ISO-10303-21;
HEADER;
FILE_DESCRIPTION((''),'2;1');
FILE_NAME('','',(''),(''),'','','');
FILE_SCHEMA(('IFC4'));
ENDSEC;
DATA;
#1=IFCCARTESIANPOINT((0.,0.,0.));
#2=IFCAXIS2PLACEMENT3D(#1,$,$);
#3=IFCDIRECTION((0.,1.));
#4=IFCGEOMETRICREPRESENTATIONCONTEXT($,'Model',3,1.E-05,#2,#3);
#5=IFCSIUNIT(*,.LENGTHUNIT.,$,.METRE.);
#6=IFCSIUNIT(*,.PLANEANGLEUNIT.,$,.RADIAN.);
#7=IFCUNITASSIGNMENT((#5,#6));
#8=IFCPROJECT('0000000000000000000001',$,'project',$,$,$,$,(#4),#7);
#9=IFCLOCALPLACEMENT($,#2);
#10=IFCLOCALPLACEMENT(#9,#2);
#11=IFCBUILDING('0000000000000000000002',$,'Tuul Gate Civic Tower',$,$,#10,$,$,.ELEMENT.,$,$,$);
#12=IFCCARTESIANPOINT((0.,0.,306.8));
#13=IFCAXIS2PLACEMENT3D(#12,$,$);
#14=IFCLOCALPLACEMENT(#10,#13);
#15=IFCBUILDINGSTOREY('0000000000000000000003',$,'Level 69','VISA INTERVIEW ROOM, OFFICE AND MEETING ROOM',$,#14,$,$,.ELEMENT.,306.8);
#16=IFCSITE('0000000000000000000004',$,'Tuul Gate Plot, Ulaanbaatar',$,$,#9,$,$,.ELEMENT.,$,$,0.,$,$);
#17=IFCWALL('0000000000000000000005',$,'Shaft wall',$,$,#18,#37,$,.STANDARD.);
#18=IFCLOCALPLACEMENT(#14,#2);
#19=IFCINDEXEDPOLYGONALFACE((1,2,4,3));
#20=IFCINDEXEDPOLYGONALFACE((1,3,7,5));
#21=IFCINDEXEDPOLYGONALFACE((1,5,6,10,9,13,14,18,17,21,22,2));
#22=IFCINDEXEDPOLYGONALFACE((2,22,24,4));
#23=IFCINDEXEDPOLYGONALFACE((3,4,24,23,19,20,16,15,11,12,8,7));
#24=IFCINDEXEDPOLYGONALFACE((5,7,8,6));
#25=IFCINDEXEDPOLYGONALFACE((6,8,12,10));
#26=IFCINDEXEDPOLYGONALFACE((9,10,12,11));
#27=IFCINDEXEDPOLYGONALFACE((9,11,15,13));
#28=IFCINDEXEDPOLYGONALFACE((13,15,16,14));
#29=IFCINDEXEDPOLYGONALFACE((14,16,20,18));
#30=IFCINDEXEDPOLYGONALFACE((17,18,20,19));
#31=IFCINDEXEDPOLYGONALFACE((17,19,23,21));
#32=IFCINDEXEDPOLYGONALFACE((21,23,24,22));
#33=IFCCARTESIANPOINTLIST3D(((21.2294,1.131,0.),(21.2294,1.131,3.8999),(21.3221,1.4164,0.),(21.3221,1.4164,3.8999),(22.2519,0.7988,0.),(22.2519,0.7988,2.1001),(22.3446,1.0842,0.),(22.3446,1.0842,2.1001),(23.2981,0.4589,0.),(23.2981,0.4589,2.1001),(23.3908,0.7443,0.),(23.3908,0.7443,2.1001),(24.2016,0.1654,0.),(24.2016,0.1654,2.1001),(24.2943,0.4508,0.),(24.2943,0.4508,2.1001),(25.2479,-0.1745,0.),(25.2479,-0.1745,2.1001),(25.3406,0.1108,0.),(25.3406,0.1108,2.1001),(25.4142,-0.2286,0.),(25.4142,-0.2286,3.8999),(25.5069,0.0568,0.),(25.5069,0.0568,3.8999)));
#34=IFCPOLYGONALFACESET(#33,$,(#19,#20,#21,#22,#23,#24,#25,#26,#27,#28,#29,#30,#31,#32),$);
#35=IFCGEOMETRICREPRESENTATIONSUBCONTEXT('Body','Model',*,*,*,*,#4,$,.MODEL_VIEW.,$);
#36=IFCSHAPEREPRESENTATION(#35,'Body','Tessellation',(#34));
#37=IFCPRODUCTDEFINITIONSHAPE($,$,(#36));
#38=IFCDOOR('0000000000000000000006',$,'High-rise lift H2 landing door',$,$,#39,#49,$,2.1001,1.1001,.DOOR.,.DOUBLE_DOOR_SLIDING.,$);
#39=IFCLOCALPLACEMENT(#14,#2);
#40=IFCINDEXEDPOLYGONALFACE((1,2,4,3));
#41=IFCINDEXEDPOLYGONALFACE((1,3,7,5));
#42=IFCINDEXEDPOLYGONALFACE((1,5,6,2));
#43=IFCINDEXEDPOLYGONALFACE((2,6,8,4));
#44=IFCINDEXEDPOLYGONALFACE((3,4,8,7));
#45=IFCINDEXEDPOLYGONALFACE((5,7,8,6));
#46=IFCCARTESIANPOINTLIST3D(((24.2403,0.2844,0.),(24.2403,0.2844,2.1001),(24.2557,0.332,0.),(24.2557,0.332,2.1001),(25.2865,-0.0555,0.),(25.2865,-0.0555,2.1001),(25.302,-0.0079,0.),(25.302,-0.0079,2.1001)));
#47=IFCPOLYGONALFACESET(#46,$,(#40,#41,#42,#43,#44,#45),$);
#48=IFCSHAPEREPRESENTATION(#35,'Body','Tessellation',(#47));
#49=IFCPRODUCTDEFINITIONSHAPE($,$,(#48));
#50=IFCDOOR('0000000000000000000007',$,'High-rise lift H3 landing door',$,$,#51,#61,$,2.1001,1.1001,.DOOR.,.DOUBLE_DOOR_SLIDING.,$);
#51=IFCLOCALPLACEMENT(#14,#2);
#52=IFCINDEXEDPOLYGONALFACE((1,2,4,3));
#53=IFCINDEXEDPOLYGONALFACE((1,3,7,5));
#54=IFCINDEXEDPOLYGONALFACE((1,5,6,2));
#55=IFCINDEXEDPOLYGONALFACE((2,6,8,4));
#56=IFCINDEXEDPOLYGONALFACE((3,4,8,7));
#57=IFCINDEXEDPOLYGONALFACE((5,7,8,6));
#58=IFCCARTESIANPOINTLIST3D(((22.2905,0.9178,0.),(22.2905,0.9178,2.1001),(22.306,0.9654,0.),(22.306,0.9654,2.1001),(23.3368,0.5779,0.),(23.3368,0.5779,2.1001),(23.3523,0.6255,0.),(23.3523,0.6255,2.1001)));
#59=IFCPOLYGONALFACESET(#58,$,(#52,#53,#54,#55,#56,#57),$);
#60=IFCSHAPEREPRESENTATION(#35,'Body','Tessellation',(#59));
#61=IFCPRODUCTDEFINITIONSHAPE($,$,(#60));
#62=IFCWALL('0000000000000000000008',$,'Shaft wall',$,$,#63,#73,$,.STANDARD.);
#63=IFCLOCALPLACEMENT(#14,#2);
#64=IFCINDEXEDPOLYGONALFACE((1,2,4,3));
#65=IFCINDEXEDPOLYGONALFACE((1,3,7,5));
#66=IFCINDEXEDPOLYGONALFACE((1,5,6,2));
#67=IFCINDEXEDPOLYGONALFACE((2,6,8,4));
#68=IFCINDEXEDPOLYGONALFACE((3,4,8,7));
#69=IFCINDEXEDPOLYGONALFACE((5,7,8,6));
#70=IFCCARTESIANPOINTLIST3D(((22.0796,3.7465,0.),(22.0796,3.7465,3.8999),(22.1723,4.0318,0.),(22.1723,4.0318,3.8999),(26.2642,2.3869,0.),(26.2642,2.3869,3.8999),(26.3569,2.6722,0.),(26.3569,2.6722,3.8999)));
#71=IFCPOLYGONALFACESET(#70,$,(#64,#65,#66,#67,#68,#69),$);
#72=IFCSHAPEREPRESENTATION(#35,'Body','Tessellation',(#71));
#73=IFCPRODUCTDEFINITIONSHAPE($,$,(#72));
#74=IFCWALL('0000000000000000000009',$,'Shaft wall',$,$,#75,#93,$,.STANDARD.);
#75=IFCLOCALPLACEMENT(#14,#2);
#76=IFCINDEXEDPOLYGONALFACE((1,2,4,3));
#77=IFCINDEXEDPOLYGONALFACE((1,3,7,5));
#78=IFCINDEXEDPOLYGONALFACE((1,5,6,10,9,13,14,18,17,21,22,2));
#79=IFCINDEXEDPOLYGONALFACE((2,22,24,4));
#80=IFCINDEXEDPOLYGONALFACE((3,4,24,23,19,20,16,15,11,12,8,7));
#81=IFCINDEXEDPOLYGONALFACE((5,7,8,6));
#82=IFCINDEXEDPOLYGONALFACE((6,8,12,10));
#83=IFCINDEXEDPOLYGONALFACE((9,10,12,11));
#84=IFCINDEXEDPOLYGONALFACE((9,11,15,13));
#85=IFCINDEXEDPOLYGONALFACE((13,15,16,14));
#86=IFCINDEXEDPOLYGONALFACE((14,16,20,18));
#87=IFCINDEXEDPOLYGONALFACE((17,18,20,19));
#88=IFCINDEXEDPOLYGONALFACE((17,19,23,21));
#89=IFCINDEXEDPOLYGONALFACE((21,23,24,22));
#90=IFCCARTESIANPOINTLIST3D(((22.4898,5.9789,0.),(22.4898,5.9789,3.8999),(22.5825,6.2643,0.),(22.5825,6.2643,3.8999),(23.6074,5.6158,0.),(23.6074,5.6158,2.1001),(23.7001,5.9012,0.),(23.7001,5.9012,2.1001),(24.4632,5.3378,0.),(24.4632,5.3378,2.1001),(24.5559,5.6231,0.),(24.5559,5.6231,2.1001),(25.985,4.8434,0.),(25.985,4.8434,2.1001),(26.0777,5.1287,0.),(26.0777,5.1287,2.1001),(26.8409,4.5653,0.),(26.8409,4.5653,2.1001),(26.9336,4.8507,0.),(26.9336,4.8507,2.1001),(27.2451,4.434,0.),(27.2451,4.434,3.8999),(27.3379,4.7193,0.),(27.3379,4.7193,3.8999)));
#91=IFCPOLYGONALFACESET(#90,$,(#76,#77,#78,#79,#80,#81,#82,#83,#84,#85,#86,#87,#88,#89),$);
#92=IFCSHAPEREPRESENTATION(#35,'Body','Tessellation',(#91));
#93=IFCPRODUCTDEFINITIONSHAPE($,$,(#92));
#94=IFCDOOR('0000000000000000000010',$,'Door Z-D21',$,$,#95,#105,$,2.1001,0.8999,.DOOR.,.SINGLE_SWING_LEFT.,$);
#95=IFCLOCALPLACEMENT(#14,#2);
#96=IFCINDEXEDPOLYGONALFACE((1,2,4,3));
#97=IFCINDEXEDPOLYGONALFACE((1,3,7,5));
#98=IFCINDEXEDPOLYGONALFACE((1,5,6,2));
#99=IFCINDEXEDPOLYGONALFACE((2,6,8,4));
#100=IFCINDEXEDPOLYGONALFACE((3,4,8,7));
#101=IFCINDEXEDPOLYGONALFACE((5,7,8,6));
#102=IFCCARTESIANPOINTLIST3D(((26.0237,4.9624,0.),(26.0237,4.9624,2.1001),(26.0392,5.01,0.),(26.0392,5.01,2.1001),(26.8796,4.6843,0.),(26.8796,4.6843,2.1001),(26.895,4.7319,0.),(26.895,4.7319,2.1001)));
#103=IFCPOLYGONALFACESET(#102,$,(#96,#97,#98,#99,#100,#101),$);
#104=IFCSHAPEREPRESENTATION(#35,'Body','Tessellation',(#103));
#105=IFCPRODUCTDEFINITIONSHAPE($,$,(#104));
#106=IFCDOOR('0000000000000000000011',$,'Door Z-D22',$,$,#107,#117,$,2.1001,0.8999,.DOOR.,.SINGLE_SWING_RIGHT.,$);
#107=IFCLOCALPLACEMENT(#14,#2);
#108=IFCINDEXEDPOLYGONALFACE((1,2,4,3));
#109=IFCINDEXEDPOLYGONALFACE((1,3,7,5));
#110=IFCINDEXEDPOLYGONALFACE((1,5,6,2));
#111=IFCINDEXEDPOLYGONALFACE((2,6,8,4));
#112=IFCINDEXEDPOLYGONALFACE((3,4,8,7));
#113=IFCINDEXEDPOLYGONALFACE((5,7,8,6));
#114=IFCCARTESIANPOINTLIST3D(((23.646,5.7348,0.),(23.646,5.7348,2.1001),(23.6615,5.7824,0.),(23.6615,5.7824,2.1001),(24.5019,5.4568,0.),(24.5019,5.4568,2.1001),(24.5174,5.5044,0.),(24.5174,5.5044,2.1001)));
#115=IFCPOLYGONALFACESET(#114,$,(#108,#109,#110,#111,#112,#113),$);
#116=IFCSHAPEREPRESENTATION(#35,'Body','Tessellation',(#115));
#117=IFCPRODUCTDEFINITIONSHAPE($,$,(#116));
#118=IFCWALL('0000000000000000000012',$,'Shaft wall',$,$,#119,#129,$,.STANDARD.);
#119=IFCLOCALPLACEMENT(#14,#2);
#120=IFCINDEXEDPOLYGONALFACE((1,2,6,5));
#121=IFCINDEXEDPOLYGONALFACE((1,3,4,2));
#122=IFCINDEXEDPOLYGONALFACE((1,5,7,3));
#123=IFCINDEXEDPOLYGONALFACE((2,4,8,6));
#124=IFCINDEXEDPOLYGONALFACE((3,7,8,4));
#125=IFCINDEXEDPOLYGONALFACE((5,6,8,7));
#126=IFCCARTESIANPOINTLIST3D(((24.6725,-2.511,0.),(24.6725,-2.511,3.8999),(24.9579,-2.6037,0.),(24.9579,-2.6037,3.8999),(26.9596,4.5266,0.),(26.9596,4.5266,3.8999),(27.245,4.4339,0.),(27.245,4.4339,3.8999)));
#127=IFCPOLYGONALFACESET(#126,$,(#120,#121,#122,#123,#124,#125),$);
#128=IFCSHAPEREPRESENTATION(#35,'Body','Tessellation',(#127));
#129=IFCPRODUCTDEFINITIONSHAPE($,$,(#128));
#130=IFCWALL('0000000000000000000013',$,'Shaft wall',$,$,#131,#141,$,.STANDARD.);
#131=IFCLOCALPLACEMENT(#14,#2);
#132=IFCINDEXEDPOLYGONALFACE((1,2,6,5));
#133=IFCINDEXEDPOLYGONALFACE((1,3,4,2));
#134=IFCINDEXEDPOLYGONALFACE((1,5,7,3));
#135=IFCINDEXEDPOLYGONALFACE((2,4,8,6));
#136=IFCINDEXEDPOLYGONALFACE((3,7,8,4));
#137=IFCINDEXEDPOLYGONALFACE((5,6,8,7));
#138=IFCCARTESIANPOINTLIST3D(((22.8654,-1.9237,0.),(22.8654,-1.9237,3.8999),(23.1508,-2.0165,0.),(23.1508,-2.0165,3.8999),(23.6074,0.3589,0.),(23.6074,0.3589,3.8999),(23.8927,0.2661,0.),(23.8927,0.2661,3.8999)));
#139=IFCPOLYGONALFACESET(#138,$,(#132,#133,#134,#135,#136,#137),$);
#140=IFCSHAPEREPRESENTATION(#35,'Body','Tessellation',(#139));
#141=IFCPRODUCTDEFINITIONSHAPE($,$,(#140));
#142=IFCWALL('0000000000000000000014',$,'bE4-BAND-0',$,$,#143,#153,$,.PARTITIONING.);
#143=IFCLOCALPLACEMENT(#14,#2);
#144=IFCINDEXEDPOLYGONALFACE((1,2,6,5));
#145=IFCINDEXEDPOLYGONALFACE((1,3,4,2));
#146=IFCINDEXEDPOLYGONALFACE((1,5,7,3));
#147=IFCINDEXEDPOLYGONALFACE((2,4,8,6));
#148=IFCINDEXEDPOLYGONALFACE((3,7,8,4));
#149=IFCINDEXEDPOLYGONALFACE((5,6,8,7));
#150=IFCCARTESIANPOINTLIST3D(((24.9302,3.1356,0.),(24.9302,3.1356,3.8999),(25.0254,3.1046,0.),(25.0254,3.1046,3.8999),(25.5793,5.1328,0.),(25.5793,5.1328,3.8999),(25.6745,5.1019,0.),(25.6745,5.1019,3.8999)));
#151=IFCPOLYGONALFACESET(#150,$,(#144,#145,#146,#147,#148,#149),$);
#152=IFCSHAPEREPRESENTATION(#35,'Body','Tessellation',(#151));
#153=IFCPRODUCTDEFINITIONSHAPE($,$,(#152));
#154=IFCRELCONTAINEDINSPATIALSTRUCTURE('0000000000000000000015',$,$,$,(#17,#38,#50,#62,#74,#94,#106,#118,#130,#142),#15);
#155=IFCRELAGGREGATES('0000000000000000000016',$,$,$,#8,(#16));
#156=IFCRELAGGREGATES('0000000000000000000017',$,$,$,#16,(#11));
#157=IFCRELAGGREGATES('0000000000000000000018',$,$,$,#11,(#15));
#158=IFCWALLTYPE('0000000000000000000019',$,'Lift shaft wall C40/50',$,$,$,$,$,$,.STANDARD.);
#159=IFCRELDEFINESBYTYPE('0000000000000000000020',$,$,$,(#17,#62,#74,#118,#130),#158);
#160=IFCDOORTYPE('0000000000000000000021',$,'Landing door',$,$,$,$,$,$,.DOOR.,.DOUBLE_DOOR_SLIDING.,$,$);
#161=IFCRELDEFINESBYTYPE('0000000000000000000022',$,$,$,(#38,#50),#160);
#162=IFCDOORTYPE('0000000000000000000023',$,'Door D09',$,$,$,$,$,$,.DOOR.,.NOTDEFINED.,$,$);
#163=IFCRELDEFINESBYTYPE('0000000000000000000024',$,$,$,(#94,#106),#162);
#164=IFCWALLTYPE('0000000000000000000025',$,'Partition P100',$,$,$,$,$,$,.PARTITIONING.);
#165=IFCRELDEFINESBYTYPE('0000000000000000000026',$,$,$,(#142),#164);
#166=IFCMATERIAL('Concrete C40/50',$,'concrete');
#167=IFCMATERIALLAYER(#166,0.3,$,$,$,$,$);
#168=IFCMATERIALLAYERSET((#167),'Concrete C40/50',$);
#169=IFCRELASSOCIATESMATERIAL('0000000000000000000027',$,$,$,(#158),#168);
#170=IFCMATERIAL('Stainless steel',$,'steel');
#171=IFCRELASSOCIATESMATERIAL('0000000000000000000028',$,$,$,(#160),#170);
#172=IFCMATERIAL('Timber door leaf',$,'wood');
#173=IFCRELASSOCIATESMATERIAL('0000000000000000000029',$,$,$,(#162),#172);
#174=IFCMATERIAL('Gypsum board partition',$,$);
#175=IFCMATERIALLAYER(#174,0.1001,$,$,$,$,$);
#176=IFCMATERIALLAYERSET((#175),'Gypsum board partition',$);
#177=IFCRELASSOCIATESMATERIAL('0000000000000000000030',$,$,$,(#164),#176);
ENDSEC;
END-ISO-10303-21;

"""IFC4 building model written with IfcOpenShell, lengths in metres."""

from ifc_helpers import new_model, si_unit, direction, frame, frame_2d, origin, place, context, subcontext, project, spatial, rectangle, extrude, material, layer, layer_set, type_object, element, fill, save


model = new_model("IFC4")

# Units and contexts
model_context = context("Model", 3, precision=1e-05, world=origin(), true_north=direction((0.0, 1.0)))
body_context = subcontext(model_context, "Body", "Model", "MODEL_VIEW")
ifc_project = project(units=[si_unit("LENGTHUNIT", "METRE"), si_unit("PLANEANGLEUNIT", "RADIAN")], contexts=[model_context])

# Site, building, storey
site_placement = place(None, origin())
site = spatial("IfcSite", under=ifc_project, at=site_placement, Name="Tuul Gate Plot, Ulaanbaatar", CompositionType="ELEMENT", RefElevation=0.0)
building_placement = place(site_placement, origin())
building = spatial("IfcBuilding", under=site, at=building_placement, Name="Tuul Gate Civic Tower", CompositionType="ELEMENT")
storey_placement = place(building_placement, frame((0.0, 0.0, 306.8)))
storey = spatial("IfcBuildingStorey", under=building, at=storey_placement, Name="Level 69", Description="VISA INTERVIEW ROOM, OFFICE AND MEETING ROOM", CompositionType="ELEMENT", Elevation=306.8)

# Shared definitions
ifc_material_1 = material(Name="Concrete C40/50", Category="concrete")
ifc_layer_1 = layer(ifc_material_1, 0.3)
ifc_layer_set_1 = layer_set([ifc_layer_1], Name="Concrete C40/50")
wall_type_1 = type_object("IfcWallType", Name="Lift shaft wall C40/50", PredefinedType="STANDARD", material=ifc_layer_set_1)

# Wall, openings, doors
wall_1_placement = place(storey_placement, frame((25.4607, -0.0859, 0.0), z_axis=(0.0, 0.0, 1.0), x_axis=(-0.951064, 0.308994, 0.0)))
wall_1 = element("IfcWall", 1, at=wall_1_placement, inside=storey, type_object=wall_type_1, Name="Shaft wall", PredefinedType="STANDARD", context=body_context, shape_type="SweptSolid", body=[
    extrude(rectangle(XDim=4.4001, YDim=0.3, at=frame_2d((2.2002, 0.0))), origin(), (0.0, 0.0, 1.0), 3.8999),
])
opening_1_placement = place(wall_1_placement, frame((0.175, 0.0, 0.0)))
opening_1 = element("IfcOpeningElement", 2, at=opening_1_placement, cuts=wall_1, PredefinedType="OPENING", context=body_context, shape_type="SweptSolid", body=[
    extrude(rectangle(XDim=1.1001, YDim=2.1001, at=frame_2d((0.55, 1.05))), frame((0.0, 0.1602, 0.0), z_axis=(0.0, -1.0, 0.0), x_axis=(1.0, 0.0, 0.0)), (0.0, 0.0, 1.0), 0.3201),
])
opening_2_placement = place(wall_1_placement, frame((2.2251, 0.0, 0.0)))
opening_2 = element("IfcOpeningElement", 3, at=opening_2_placement, cuts=wall_1, PredefinedType="OPENING", context=body_context, shape_type="SweptSolid", body=[
    extrude(rectangle(XDim=1.1001, YDim=2.1001, at=frame_2d((0.55, 1.05))), frame((0.0, 0.1602, 0.0), z_axis=(0.0, -1.0, 0.0), x_axis=(1.0, 0.0, 0.0)), (0.0, 0.0, 1.0), 0.3201),
])
ifc_material_2 = material(Name="Stainless steel", Category="steel")
door_type_1 = type_object("IfcDoorType", Name="Landing door", OperationType="DOUBLE_DOOR_SLIDING", PredefinedType="DOOR", material=ifc_material_2)
door_1_placement = place(opening_1_placement, origin())
door_1 = element("IfcDoor", 4, at=door_1_placement, inside=storey, type_object=door_type_1, Name="High-rise lift H2 landing door", OperationType="DOUBLE_DOOR_SLIDING", OverallHeight=2.1001, OverallWidth=1.1001, PredefinedType="DOOR", context=body_context, shape_type="SweptSolid", body=[
    extrude(rectangle(XDim=1.1001, YDim=2.1001, at=frame_2d((0.55, 1.05))), frame((0.0, 0.0249, 0.0), z_axis=(0.0, -1.0, 0.0), x_axis=(1.0, 0.0, 0.0)), (0.0, 0.0, 1.0), 0.05),
])
fill(opening_1, door_1)
door_2_placement = place(opening_2_placement, origin())
door_2 = element("IfcDoor", 5, at=door_2_placement, inside=storey, type_object=door_type_1, Name="High-rise lift H3 landing door", OperationType="DOUBLE_DOOR_SLIDING", OverallHeight=2.1001, OverallWidth=1.1001, PredefinedType="DOOR", context=body_context, shape_type="SweptSolid", body=[
    extrude(rectangle(XDim=1.1001, YDim=2.1001, at=frame_2d((0.55, 1.05))), frame((0.0, 0.0249, 0.0), z_axis=(0.0, -1.0, 0.0), x_axis=(1.0, 0.0, 0.0)), (0.0, 0.0, 1.0), 0.05),
])
fill(opening_2, door_2)

# Wall
wall_2_placement = place(storey_placement, frame((26.3105, 2.5295, 0.0), z_axis=(0.0, 0.0, 1.0), x_axis=(-0.951059, 0.309011, 0.0)))
element("IfcWall", 6, at=wall_2_placement, inside=storey, type_object=wall_type_1, Name="Shaft wall", PredefinedType="STANDARD", context=body_context, shape_type="SweptSolid", body=[
    extrude(rectangle(XDim=4.3999, YDim=0.3, at=frame_2d((2.2, 0.0))), origin(), (0.0, 0.0, 1.0), 3.8999),
])

# Wall, openings, doors
wall_3_placement = place(storey_placement, frame((27.2915, 4.5767, 0.0), z_axis=(0.0, 0.0, 1.0), x_axis=(-0.951068, 0.308982, 0.0)))
wall_3 = element("IfcWall", 7, at=wall_3_placement, inside=storey, type_object=wall_type_1, Name="Shaft wall", PredefinedType="STANDARD", context=body_context, shape_type="SweptSolid", body=[
    extrude(rectangle(XDim=5.0, YDim=0.3, at=frame_2d((2.5, 0.0))), origin(), (0.0, 0.0, 1.0), 3.8999),
])
opening_3_placement = place(wall_3_placement, frame((0.425, 0.0, 0.0)))
opening_3 = element("IfcOpeningElement", 8, at=opening_3_placement, cuts=wall_3, PredefinedType="OPENING", context=body_context, shape_type="SweptSolid", body=[
    extrude(rectangle(XDim=0.8999, YDim=2.1001, at=frame_2d((0.45, 1.05))), frame((0.0, 0.1602, 0.0), z_axis=(0.0, -1.0, 0.0), x_axis=(1.0, 0.0, 0.0)), (0.0, 0.0, 1.0), 0.3201),
])
opening_4_placement = place(wall_3_placement, frame((2.925, 0.0, 0.0)))
opening_4 = element("IfcOpeningElement", 9, at=opening_4_placement, cuts=wall_3, PredefinedType="OPENING", context=body_context, shape_type="SweptSolid", body=[
    extrude(rectangle(XDim=0.8999, YDim=2.1001, at=frame_2d((0.45, 1.05))), frame((0.0, 0.1602, 0.0), z_axis=(0.0, -1.0, 0.0), x_axis=(1.0, 0.0, 0.0)), (0.0, 0.0, 1.0), 0.3201),
])
ifc_material_3 = material(Name="Timber door leaf", Category="wood")
door_type_2 = type_object("IfcDoorType", Name="Door D09", OperationType="NOTDEFINED", PredefinedType="DOOR", material=ifc_material_3)
door_3_placement = place(opening_3_placement, origin())
door_3 = element("IfcDoor", 10, at=door_3_placement, inside=storey, type_object=door_type_2, Name="Door Z-D21", OperationType="SINGLE_SWING_LEFT", OverallHeight=2.1001, OverallWidth=0.8999, PredefinedType="DOOR", context=body_context, shape_type="SweptSolid", body=[
    extrude(rectangle(XDim=0.8999, YDim=2.1001, at=frame_2d((0.45, 1.05))), frame((0.0, 0.0249, 0.0), z_axis=(0.0, -1.0, 0.0), x_axis=(1.0, 0.0, 0.0)), (0.0, 0.0, 1.0), 0.05),
])
fill(opening_3, door_3)
door_4_placement = place(opening_4_placement, origin())
door_4 = element("IfcDoor", 11, at=door_4_placement, inside=storey, type_object=door_type_2, Name="Door Z-D22", OperationType="SINGLE_SWING_RIGHT", OverallHeight=2.1001, OverallWidth=0.8999, PredefinedType="DOOR", context=body_context, shape_type="SweptSolid", body=[
    extrude(rectangle(XDim=0.8999, YDim=2.1001, at=frame_2d((0.45, 1.05))), frame((0.0, 0.0249, 0.0), z_axis=(0.0, -1.0, 0.0), x_axis=(1.0, 0.0, 0.0)), (0.0, 0.0, 1.0), 0.05),
])
fill(opening_4, door_4)

# Walls
wall_4_placement = place(storey_placement, frame((24.8152, -2.5574, 0.0), z_axis=(0.0, 0.0, 1.0), x_axis=(0.309073, 0.951038, 0.0)))
element("IfcWall", 12, at=wall_4_placement, inside=storey, type_object=wall_type_1, Name="Shaft wall", PredefinedType="STANDARD", context=body_context, shape_type="SweptSolid", body=[
    extrude(rectangle(XDim=7.3999, YDim=0.3, at=frame_2d((3.7, 0.0))), origin(), (0.0, 0.0, 1.0), 3.8999),
])
wall_5_placement = place(storey_placement, frame((23.0081, -1.9702, 0.0), z_axis=(0.0, 0.0, 1.0), x_axis=(0.309139, 0.951017, 0.0)))
element("IfcWall", 13, at=wall_5_placement, inside=storey, type_object=wall_type_1, Name="Shaft wall", PredefinedType="STANDARD", context=body_context, shape_type="SweptSolid", body=[
    extrude(rectangle(XDim=2.4001, YDim=0.3, at=frame_2d((1.2002, 0.0))), origin(), (0.0, 0.0, 1.0), 3.8999),
])
ifc_material_4 = material(Name="Gypsum board partition")
ifc_layer_2 = layer(ifc_material_4, 0.1001)
ifc_layer_set_2 = layer_set([ifc_layer_2], Name="Gypsum board partition")
wall_type_2 = type_object("IfcWallType", Name="Partition P100", PredefinedType="PARTITIONING", material=ifc_layer_set_2)
wall_6_placement = place(storey_placement, frame((24.9778, 3.1201, 0.0), z_axis=(0.0, 0.0, 1.0), x_axis=(0.309104, 0.951028, 0.0)))
element("IfcWall", 14, at=wall_6_placement, inside=storey, type_object=wall_type_2, Name="bE4-BAND-0", PredefinedType="PARTITIONING", context=body_context, shape_type="SweptSolid", body=[
    extrude(rectangle(XDim=2.1001, YDim=0.1001, at=frame_2d((1.05, 0.0))), origin(), (0.0, 0.0, 1.0), 3.8999),
])

save(model, "model.ifc")
